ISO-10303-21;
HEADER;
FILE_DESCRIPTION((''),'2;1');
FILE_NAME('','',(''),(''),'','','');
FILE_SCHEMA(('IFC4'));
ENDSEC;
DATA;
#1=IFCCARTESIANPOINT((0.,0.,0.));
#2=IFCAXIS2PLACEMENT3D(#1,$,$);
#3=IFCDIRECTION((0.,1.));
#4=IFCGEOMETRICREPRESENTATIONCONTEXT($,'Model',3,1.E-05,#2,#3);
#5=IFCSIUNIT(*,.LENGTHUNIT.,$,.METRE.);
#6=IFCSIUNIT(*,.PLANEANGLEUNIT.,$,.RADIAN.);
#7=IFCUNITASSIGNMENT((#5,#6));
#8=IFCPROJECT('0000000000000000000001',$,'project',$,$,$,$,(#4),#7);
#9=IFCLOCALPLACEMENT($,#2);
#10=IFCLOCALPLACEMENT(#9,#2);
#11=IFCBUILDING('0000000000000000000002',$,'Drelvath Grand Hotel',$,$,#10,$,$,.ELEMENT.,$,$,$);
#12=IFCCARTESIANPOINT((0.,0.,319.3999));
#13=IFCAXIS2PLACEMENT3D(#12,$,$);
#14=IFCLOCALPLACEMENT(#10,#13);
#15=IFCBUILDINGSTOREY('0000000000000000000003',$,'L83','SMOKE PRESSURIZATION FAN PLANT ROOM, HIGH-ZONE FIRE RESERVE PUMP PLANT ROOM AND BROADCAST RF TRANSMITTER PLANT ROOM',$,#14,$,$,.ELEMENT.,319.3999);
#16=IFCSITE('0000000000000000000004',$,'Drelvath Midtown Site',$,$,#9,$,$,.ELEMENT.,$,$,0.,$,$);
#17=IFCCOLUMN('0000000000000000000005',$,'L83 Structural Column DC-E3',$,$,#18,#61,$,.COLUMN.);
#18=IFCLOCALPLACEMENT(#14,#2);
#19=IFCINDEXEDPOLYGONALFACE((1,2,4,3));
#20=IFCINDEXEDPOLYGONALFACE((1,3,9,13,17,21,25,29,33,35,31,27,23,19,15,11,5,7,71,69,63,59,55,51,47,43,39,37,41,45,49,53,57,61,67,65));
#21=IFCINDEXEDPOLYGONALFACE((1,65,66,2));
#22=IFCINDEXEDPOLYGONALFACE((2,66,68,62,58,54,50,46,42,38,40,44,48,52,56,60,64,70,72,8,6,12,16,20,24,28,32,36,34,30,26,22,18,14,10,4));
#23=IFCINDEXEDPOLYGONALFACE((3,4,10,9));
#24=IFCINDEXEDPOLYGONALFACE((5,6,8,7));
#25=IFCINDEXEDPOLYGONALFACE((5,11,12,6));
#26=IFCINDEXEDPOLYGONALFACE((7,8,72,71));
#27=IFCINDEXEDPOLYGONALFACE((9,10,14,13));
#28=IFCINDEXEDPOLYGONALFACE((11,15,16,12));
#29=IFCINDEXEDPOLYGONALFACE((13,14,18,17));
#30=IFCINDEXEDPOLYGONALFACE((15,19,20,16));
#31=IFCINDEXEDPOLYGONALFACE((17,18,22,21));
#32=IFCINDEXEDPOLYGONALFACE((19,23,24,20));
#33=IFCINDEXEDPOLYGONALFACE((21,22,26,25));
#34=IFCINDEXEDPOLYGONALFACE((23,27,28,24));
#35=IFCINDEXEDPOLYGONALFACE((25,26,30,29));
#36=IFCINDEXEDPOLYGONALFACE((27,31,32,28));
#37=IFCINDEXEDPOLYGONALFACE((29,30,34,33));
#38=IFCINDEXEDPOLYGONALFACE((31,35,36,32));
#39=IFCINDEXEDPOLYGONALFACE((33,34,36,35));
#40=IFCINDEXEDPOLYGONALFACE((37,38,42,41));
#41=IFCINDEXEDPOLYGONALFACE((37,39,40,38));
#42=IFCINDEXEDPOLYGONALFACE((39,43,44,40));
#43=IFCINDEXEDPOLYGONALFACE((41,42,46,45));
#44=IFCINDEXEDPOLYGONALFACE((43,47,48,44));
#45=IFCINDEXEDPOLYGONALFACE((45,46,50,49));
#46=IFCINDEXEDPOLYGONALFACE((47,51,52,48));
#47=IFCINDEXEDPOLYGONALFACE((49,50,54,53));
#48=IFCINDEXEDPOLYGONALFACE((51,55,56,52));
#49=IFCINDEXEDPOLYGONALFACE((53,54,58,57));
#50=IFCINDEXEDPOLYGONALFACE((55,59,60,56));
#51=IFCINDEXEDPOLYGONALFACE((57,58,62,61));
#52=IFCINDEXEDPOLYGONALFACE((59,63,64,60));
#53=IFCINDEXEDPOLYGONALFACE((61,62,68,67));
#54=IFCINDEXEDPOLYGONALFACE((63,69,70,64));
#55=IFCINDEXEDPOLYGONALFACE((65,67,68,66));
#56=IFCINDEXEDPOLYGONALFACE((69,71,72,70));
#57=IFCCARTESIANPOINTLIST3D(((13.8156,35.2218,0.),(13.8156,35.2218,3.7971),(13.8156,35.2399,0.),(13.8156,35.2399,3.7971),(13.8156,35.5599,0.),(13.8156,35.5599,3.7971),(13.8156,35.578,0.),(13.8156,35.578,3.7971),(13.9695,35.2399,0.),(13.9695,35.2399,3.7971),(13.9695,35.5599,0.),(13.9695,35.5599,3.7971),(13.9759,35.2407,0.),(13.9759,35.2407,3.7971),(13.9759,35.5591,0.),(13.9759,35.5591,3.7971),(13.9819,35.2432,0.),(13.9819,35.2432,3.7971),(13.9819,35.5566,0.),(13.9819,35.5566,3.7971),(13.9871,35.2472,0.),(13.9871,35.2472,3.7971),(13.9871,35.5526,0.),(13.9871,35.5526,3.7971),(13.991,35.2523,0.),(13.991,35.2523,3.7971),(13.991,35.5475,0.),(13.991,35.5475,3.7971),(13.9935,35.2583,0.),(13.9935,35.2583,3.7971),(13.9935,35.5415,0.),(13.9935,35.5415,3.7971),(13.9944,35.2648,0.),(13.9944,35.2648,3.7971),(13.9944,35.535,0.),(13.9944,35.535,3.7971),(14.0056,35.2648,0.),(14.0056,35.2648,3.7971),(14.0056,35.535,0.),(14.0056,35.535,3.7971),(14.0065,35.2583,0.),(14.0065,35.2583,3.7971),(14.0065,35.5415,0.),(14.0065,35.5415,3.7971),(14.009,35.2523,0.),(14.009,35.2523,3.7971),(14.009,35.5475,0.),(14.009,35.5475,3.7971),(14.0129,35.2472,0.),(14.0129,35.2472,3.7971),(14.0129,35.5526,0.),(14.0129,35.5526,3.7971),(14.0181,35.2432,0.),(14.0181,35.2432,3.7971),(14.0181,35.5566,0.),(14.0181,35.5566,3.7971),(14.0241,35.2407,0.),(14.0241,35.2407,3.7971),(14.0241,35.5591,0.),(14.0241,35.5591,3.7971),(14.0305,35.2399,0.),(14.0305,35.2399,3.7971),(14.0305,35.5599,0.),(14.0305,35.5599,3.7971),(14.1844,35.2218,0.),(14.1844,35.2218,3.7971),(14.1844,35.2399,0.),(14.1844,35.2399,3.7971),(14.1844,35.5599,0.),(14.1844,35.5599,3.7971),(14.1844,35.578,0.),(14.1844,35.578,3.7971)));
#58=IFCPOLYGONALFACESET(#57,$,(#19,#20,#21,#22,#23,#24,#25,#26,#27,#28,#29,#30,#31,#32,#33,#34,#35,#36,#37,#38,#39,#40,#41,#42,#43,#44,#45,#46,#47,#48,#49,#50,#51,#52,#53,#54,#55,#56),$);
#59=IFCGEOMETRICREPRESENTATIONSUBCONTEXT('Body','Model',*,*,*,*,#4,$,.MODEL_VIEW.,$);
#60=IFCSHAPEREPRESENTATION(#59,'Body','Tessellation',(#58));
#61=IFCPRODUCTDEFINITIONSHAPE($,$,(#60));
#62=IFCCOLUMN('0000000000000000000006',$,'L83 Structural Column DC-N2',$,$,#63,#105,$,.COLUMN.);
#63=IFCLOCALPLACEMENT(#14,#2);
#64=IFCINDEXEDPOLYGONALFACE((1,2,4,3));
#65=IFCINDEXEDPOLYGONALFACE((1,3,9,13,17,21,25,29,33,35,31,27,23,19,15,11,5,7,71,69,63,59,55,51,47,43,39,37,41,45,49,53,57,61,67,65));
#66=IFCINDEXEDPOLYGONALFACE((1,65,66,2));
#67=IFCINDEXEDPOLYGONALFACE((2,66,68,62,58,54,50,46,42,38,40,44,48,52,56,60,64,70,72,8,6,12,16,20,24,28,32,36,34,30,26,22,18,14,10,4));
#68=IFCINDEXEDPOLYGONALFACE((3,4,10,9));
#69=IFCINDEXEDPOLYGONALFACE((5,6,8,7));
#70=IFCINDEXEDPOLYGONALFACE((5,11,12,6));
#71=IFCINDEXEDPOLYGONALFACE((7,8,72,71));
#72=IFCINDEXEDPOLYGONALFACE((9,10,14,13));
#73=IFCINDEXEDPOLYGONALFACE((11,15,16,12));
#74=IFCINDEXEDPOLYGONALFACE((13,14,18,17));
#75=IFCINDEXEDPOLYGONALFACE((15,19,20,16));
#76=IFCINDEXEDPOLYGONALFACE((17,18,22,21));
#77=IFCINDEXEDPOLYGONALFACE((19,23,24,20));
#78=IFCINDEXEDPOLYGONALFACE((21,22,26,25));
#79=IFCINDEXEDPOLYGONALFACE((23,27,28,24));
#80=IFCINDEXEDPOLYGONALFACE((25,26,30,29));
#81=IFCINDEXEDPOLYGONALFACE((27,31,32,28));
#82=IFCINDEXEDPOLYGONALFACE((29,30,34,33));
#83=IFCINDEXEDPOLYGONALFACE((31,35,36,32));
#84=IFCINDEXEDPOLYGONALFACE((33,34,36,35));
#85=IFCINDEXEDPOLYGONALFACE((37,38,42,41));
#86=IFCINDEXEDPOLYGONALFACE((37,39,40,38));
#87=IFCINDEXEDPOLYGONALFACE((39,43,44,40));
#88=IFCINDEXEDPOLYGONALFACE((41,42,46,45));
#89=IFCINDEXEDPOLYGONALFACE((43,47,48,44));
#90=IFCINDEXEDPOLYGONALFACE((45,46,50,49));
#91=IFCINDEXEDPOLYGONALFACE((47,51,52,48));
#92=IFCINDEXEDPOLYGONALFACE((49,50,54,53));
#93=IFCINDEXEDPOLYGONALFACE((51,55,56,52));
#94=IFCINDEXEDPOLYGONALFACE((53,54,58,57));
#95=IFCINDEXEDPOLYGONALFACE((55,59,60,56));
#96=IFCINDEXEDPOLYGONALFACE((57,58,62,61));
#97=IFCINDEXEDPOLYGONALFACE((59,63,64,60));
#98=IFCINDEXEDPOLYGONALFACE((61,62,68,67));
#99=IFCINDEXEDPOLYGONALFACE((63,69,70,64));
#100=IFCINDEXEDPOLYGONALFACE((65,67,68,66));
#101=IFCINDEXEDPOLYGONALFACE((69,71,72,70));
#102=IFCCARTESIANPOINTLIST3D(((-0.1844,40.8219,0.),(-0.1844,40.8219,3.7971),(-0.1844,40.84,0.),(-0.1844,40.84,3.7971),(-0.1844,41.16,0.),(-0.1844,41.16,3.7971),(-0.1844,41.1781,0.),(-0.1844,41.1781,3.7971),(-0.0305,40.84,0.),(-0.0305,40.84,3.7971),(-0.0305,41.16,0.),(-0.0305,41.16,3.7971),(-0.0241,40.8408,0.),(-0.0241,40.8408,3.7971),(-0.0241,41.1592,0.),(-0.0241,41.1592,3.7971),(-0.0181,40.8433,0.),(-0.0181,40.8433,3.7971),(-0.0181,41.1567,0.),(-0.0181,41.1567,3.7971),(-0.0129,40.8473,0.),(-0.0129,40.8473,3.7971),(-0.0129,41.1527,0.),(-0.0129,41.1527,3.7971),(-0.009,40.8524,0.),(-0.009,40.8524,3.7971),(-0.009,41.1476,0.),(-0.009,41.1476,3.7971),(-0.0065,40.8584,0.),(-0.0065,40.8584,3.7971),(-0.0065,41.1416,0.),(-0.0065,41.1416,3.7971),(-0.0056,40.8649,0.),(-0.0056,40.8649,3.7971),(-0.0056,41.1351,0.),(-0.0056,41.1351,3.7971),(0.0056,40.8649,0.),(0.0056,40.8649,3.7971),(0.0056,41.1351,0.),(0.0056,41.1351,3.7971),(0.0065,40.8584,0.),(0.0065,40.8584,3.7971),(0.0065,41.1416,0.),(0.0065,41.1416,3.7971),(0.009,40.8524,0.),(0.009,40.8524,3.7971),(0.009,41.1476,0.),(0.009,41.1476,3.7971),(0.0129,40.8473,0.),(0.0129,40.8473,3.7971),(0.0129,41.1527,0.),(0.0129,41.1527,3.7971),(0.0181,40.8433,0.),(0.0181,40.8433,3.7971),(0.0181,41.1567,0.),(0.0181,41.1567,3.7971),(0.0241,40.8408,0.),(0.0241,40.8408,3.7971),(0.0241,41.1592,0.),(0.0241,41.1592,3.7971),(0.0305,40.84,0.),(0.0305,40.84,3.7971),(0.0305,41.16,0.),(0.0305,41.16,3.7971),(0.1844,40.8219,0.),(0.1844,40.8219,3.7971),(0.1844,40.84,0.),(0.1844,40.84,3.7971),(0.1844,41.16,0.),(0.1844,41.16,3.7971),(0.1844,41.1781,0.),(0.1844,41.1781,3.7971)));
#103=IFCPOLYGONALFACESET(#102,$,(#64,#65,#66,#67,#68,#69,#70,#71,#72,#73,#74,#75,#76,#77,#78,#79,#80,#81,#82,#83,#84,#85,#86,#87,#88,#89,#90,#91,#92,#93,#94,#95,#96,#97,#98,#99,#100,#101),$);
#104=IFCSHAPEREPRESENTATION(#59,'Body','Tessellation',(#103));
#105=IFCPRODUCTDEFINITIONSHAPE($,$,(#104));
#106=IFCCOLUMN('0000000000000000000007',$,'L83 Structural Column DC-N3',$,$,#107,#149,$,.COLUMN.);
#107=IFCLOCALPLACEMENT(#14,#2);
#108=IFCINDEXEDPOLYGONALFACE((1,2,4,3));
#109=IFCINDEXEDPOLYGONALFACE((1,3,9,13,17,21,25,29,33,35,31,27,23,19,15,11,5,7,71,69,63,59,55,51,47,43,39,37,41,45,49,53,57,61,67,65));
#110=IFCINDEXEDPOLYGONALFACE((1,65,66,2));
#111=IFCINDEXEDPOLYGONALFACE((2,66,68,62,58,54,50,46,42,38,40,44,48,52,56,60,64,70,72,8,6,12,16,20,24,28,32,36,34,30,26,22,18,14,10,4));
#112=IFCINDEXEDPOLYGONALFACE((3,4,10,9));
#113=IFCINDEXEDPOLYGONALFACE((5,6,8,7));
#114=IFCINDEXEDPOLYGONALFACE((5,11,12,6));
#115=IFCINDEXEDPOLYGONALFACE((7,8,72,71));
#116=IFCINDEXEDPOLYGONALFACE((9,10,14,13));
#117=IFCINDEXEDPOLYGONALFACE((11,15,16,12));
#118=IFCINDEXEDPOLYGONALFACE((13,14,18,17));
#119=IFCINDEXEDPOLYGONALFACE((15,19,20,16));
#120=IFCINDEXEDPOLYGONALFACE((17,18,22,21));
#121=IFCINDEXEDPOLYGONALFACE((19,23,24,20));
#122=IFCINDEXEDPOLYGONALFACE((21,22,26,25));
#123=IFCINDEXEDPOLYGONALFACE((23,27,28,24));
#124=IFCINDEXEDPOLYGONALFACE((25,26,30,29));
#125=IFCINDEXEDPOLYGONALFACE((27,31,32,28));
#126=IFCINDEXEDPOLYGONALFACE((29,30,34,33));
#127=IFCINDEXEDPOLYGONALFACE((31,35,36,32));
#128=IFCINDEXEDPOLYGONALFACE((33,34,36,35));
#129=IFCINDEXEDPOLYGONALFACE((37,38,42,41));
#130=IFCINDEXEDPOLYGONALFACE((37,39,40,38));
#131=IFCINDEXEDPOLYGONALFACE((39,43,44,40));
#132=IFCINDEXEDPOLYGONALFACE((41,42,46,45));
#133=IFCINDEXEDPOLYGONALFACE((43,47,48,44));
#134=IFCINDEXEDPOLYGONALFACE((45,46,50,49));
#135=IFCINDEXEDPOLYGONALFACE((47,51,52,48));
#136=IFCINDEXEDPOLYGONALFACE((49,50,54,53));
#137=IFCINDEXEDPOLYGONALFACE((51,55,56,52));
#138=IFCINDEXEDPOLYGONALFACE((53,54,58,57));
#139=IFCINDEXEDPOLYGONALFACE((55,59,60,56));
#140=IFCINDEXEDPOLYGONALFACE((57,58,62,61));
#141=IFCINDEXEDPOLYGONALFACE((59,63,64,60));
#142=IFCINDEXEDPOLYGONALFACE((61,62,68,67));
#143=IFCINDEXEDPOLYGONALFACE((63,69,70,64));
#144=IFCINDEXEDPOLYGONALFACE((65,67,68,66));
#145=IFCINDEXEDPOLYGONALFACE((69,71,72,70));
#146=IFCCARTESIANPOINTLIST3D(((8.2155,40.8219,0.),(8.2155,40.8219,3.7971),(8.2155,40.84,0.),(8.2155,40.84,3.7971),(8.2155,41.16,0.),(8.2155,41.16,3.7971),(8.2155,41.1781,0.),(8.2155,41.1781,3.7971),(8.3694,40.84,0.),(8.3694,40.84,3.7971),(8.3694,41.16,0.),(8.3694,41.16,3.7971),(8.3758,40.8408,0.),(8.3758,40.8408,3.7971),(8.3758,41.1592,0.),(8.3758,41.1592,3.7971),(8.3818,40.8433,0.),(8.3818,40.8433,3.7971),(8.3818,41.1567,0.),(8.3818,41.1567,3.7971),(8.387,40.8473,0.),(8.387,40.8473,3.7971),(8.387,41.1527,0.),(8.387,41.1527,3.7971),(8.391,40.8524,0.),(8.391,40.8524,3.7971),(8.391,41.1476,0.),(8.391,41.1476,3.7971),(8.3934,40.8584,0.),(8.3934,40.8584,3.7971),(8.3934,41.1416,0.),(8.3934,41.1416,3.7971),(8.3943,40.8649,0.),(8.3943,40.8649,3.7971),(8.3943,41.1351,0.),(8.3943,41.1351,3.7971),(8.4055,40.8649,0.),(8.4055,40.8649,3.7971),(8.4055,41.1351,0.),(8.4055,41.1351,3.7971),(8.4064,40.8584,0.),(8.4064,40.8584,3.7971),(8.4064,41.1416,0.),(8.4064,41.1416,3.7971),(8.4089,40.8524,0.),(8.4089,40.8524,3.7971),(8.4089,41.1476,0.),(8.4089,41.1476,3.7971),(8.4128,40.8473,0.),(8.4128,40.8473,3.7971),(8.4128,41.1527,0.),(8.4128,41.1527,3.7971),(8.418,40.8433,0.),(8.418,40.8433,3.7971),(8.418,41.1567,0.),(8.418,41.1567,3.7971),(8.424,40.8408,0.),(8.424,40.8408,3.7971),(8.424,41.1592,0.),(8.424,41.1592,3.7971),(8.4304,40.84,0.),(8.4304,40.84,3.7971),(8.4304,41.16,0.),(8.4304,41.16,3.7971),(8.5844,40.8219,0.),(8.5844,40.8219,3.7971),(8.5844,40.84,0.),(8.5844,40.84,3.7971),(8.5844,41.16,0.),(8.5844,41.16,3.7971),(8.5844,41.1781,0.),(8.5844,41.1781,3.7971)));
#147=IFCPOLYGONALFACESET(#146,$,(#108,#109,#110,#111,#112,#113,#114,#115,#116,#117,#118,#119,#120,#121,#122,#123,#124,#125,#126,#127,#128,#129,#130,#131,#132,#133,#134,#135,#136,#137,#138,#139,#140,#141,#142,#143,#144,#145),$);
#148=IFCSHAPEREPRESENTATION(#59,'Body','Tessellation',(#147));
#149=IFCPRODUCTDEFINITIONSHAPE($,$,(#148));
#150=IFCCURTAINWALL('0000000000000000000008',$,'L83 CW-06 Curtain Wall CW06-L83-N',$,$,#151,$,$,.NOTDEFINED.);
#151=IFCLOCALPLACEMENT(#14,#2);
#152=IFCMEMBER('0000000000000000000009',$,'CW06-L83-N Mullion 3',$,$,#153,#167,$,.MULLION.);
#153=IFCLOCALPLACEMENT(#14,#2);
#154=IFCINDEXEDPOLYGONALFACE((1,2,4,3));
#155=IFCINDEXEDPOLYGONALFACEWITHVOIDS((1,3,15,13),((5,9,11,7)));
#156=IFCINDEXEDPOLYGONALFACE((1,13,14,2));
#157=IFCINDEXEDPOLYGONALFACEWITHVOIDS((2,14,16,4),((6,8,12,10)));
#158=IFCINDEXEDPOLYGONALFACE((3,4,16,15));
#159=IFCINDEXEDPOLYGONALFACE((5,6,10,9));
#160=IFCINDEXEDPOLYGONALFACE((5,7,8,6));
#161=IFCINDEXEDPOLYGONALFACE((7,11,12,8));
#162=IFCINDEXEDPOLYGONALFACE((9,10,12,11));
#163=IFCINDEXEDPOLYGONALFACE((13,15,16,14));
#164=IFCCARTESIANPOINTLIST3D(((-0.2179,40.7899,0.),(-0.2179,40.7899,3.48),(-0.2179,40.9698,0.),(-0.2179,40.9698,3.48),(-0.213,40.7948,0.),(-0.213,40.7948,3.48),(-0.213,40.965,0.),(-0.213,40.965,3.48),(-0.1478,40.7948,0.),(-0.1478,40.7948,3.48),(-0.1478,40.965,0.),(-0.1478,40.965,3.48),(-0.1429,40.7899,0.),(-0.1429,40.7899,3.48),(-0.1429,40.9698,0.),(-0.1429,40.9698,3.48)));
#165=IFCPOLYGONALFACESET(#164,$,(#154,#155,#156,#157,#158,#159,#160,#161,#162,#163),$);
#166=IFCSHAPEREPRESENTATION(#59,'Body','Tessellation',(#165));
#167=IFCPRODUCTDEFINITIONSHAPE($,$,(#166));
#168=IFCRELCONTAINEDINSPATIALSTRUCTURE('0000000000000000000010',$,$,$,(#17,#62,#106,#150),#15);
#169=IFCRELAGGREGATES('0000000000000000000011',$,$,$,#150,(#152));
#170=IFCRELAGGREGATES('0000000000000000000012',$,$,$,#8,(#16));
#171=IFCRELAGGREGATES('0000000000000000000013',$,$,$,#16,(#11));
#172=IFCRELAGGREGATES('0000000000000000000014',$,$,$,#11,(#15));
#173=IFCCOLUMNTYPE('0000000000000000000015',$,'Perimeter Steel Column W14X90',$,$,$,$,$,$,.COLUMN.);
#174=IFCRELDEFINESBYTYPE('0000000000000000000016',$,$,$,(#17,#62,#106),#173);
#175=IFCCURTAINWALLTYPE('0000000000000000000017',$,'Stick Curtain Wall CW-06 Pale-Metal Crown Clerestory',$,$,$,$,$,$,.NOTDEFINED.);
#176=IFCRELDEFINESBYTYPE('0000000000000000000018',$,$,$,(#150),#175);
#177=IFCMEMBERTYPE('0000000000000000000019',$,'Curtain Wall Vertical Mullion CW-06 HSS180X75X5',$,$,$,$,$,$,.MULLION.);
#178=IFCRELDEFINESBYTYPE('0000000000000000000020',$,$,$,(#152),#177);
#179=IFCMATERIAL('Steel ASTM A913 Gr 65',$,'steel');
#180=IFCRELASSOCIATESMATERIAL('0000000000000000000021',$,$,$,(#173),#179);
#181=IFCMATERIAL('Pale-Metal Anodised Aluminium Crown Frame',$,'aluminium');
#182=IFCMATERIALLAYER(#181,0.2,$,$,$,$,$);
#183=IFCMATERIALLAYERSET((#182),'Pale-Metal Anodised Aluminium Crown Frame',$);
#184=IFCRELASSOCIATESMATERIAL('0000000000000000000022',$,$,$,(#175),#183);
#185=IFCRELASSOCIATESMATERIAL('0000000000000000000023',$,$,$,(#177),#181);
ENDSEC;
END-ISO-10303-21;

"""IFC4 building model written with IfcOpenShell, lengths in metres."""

from ifc_helpers import new_model, si_unit, direction, frame, origin, origin_2d, place, context, subcontext, project, spatial, hollow_rectangle, i_section, extrude, material, layer, layer_set, material_profile, profile_set, type_object, element, aggregate, save


model = new_model("IFC4")

# Units and contexts
model_context = context("Model", 3, precision=1e-05, world=origin(), true_north=direction((0.0, 1.0)))
body_context = subcontext(model_context, "Body", "Model", "MODEL_VIEW")
ifc_project = project(units=[si_unit("LENGTHUNIT", "METRE"), si_unit("PLANEANGLEUNIT", "RADIAN")], contexts=[model_context])

# Site, building, storey
site_placement = place(None, origin())
site = spatial("IfcSite", under=ifc_project, at=site_placement, Name="Drelvath Midtown Site", CompositionType="ELEMENT", RefElevation=0.0)
building_placement = place(site_placement, origin())
building = spatial("IfcBuilding", under=site, at=building_placement, Name="Drelvath Grand Hotel", CompositionType="ELEMENT")
storey_placement = place(building_placement, frame((0.0, 0.0, 319.3999)))
storey = spatial("IfcBuildingStorey", under=building, at=storey_placement, Name="L83", Description="SMOKE PRESSURIZATION FAN PLANT ROOM, HIGH-ZONE FIRE RESERVE PUMP PLANT ROOM AND BROADCAST RF TRANSMITTER PLANT ROOM", CompositionType="ELEMENT", Elevation=319.3999)

# Columns
ifc_material_1 = material(Name="Steel ASTM A913 Gr 65", Category="steel")
ifc_material_profile_1 = material_profile(ifc_material_1, i_section(OverallWidth=0.3689, OverallDepth=0.3562, WebThickness=0.0112, FlangeThickness=0.0181, FilletRadius=0.0249, at=origin_2d()), Name="W14X90")
ifc_profile_set_1 = profile_set([ifc_material_profile_1], Name="Steel ASTM A913 Gr 65")
column_type = type_object("IfcColumnType", Name="Perimeter Steel Column W14X90", PredefinedType="COLUMN", material=ifc_profile_set_1)
for number, where, z_axis, x_axis, name in (
    (1, (14.0, 35.3999, 0.0), (0.0, 0.0, 1.0), (1.0, 0.0, 0.0), "L83 Structural Column DC-E3"),
    (2, (0.0, 41.0, 0.0), (0.0, 0.0, 1.0), (1.0, 0.0, 0.0), "L83 Structural Column DC-N2"),
    (3, (8.3999, 41.0, 0.0), (0.0, 0.0, 1.0), (1.0, 0.0, 0.0), "L83 Structural Column DC-N3"),
):
    element("IfcColumn", number, at=place(storey_placement, frame(where, z_axis=z_axis, x_axis=x_axis)), inside=storey, type_object=column_type, Name=name, PredefinedType="COLUMN", context=body_context, shape_type="SweptSolid", body=[
        extrude(i_section(OverallWidth=0.3689, OverallDepth=0.3562, WebThickness=0.0112, FlangeThickness=0.0181, FilletRadius=0.0249, at=origin_2d()), origin(), (0.0, 0.0, 1.0), 3.7971),
    ])

# Curtain wall, member
ifc_material_2 = material(Name="Pale-Metal Anodised Aluminium Crown Frame", Category="aluminium")
ifc_layer_1 = layer(ifc_material_2, 0.2)
ifc_layer_set_1 = layer_set([ifc_layer_1], Name="Pale-Metal Anodised Aluminium Crown Frame")
curtain_wall_type = type_object("IfcCurtainWallType", Name="Stick Curtain Wall CW-06 Pale-Metal Crown Clerestory", PredefinedType="NOTDEFINED", material=ifc_layer_set_1)
curtain_wall_placement = place(storey_placement, origin())
curtain_wall = element("IfcCurtainWall", 4, at=curtain_wall_placement, inside=storey, type_object=curtain_wall_type, Name="L83 CW-06 Curtain Wall CW06-L83-N", PredefinedType="NOTDEFINED")
ifc_material_profile_2 = material_profile(ifc_material_2, hollow_rectangle(XDim=0.075, YDim=0.1799, WallThickness=0.0049, at=origin_2d()), Name="HSS180X75X5")
ifc_profile_set_2 = profile_set([ifc_material_profile_2], Name="Pale-Metal Anodised Aluminium Crown Frame")
member_type = type_object("IfcMemberType", Name="Curtain Wall Vertical Mullion CW-06 HSS180X75X5", PredefinedType="MULLION", material=ifc_profile_set_2)
member_placement = place(storey_placement, frame((-0.1804, 40.8799, 0.0), z_axis=(0.0, 0.0, 1.0), x_axis=(1.0, 0.0, 0.0)))
member = element("IfcMember", 5, at=member_placement, type_object=member_type, Name="CW06-L83-N Mullion 3", PredefinedType="MULLION", context=body_context, shape_type="SweptSolid", body=[
    extrude(hollow_rectangle(XDim=0.075, YDim=0.1799, WallThickness=0.0049, at=origin_2d()), origin(), (0.0, 0.0, 1.0), 3.48),
])
aggregate(curtain_wall, [member])

save(model, "model.ifc")
